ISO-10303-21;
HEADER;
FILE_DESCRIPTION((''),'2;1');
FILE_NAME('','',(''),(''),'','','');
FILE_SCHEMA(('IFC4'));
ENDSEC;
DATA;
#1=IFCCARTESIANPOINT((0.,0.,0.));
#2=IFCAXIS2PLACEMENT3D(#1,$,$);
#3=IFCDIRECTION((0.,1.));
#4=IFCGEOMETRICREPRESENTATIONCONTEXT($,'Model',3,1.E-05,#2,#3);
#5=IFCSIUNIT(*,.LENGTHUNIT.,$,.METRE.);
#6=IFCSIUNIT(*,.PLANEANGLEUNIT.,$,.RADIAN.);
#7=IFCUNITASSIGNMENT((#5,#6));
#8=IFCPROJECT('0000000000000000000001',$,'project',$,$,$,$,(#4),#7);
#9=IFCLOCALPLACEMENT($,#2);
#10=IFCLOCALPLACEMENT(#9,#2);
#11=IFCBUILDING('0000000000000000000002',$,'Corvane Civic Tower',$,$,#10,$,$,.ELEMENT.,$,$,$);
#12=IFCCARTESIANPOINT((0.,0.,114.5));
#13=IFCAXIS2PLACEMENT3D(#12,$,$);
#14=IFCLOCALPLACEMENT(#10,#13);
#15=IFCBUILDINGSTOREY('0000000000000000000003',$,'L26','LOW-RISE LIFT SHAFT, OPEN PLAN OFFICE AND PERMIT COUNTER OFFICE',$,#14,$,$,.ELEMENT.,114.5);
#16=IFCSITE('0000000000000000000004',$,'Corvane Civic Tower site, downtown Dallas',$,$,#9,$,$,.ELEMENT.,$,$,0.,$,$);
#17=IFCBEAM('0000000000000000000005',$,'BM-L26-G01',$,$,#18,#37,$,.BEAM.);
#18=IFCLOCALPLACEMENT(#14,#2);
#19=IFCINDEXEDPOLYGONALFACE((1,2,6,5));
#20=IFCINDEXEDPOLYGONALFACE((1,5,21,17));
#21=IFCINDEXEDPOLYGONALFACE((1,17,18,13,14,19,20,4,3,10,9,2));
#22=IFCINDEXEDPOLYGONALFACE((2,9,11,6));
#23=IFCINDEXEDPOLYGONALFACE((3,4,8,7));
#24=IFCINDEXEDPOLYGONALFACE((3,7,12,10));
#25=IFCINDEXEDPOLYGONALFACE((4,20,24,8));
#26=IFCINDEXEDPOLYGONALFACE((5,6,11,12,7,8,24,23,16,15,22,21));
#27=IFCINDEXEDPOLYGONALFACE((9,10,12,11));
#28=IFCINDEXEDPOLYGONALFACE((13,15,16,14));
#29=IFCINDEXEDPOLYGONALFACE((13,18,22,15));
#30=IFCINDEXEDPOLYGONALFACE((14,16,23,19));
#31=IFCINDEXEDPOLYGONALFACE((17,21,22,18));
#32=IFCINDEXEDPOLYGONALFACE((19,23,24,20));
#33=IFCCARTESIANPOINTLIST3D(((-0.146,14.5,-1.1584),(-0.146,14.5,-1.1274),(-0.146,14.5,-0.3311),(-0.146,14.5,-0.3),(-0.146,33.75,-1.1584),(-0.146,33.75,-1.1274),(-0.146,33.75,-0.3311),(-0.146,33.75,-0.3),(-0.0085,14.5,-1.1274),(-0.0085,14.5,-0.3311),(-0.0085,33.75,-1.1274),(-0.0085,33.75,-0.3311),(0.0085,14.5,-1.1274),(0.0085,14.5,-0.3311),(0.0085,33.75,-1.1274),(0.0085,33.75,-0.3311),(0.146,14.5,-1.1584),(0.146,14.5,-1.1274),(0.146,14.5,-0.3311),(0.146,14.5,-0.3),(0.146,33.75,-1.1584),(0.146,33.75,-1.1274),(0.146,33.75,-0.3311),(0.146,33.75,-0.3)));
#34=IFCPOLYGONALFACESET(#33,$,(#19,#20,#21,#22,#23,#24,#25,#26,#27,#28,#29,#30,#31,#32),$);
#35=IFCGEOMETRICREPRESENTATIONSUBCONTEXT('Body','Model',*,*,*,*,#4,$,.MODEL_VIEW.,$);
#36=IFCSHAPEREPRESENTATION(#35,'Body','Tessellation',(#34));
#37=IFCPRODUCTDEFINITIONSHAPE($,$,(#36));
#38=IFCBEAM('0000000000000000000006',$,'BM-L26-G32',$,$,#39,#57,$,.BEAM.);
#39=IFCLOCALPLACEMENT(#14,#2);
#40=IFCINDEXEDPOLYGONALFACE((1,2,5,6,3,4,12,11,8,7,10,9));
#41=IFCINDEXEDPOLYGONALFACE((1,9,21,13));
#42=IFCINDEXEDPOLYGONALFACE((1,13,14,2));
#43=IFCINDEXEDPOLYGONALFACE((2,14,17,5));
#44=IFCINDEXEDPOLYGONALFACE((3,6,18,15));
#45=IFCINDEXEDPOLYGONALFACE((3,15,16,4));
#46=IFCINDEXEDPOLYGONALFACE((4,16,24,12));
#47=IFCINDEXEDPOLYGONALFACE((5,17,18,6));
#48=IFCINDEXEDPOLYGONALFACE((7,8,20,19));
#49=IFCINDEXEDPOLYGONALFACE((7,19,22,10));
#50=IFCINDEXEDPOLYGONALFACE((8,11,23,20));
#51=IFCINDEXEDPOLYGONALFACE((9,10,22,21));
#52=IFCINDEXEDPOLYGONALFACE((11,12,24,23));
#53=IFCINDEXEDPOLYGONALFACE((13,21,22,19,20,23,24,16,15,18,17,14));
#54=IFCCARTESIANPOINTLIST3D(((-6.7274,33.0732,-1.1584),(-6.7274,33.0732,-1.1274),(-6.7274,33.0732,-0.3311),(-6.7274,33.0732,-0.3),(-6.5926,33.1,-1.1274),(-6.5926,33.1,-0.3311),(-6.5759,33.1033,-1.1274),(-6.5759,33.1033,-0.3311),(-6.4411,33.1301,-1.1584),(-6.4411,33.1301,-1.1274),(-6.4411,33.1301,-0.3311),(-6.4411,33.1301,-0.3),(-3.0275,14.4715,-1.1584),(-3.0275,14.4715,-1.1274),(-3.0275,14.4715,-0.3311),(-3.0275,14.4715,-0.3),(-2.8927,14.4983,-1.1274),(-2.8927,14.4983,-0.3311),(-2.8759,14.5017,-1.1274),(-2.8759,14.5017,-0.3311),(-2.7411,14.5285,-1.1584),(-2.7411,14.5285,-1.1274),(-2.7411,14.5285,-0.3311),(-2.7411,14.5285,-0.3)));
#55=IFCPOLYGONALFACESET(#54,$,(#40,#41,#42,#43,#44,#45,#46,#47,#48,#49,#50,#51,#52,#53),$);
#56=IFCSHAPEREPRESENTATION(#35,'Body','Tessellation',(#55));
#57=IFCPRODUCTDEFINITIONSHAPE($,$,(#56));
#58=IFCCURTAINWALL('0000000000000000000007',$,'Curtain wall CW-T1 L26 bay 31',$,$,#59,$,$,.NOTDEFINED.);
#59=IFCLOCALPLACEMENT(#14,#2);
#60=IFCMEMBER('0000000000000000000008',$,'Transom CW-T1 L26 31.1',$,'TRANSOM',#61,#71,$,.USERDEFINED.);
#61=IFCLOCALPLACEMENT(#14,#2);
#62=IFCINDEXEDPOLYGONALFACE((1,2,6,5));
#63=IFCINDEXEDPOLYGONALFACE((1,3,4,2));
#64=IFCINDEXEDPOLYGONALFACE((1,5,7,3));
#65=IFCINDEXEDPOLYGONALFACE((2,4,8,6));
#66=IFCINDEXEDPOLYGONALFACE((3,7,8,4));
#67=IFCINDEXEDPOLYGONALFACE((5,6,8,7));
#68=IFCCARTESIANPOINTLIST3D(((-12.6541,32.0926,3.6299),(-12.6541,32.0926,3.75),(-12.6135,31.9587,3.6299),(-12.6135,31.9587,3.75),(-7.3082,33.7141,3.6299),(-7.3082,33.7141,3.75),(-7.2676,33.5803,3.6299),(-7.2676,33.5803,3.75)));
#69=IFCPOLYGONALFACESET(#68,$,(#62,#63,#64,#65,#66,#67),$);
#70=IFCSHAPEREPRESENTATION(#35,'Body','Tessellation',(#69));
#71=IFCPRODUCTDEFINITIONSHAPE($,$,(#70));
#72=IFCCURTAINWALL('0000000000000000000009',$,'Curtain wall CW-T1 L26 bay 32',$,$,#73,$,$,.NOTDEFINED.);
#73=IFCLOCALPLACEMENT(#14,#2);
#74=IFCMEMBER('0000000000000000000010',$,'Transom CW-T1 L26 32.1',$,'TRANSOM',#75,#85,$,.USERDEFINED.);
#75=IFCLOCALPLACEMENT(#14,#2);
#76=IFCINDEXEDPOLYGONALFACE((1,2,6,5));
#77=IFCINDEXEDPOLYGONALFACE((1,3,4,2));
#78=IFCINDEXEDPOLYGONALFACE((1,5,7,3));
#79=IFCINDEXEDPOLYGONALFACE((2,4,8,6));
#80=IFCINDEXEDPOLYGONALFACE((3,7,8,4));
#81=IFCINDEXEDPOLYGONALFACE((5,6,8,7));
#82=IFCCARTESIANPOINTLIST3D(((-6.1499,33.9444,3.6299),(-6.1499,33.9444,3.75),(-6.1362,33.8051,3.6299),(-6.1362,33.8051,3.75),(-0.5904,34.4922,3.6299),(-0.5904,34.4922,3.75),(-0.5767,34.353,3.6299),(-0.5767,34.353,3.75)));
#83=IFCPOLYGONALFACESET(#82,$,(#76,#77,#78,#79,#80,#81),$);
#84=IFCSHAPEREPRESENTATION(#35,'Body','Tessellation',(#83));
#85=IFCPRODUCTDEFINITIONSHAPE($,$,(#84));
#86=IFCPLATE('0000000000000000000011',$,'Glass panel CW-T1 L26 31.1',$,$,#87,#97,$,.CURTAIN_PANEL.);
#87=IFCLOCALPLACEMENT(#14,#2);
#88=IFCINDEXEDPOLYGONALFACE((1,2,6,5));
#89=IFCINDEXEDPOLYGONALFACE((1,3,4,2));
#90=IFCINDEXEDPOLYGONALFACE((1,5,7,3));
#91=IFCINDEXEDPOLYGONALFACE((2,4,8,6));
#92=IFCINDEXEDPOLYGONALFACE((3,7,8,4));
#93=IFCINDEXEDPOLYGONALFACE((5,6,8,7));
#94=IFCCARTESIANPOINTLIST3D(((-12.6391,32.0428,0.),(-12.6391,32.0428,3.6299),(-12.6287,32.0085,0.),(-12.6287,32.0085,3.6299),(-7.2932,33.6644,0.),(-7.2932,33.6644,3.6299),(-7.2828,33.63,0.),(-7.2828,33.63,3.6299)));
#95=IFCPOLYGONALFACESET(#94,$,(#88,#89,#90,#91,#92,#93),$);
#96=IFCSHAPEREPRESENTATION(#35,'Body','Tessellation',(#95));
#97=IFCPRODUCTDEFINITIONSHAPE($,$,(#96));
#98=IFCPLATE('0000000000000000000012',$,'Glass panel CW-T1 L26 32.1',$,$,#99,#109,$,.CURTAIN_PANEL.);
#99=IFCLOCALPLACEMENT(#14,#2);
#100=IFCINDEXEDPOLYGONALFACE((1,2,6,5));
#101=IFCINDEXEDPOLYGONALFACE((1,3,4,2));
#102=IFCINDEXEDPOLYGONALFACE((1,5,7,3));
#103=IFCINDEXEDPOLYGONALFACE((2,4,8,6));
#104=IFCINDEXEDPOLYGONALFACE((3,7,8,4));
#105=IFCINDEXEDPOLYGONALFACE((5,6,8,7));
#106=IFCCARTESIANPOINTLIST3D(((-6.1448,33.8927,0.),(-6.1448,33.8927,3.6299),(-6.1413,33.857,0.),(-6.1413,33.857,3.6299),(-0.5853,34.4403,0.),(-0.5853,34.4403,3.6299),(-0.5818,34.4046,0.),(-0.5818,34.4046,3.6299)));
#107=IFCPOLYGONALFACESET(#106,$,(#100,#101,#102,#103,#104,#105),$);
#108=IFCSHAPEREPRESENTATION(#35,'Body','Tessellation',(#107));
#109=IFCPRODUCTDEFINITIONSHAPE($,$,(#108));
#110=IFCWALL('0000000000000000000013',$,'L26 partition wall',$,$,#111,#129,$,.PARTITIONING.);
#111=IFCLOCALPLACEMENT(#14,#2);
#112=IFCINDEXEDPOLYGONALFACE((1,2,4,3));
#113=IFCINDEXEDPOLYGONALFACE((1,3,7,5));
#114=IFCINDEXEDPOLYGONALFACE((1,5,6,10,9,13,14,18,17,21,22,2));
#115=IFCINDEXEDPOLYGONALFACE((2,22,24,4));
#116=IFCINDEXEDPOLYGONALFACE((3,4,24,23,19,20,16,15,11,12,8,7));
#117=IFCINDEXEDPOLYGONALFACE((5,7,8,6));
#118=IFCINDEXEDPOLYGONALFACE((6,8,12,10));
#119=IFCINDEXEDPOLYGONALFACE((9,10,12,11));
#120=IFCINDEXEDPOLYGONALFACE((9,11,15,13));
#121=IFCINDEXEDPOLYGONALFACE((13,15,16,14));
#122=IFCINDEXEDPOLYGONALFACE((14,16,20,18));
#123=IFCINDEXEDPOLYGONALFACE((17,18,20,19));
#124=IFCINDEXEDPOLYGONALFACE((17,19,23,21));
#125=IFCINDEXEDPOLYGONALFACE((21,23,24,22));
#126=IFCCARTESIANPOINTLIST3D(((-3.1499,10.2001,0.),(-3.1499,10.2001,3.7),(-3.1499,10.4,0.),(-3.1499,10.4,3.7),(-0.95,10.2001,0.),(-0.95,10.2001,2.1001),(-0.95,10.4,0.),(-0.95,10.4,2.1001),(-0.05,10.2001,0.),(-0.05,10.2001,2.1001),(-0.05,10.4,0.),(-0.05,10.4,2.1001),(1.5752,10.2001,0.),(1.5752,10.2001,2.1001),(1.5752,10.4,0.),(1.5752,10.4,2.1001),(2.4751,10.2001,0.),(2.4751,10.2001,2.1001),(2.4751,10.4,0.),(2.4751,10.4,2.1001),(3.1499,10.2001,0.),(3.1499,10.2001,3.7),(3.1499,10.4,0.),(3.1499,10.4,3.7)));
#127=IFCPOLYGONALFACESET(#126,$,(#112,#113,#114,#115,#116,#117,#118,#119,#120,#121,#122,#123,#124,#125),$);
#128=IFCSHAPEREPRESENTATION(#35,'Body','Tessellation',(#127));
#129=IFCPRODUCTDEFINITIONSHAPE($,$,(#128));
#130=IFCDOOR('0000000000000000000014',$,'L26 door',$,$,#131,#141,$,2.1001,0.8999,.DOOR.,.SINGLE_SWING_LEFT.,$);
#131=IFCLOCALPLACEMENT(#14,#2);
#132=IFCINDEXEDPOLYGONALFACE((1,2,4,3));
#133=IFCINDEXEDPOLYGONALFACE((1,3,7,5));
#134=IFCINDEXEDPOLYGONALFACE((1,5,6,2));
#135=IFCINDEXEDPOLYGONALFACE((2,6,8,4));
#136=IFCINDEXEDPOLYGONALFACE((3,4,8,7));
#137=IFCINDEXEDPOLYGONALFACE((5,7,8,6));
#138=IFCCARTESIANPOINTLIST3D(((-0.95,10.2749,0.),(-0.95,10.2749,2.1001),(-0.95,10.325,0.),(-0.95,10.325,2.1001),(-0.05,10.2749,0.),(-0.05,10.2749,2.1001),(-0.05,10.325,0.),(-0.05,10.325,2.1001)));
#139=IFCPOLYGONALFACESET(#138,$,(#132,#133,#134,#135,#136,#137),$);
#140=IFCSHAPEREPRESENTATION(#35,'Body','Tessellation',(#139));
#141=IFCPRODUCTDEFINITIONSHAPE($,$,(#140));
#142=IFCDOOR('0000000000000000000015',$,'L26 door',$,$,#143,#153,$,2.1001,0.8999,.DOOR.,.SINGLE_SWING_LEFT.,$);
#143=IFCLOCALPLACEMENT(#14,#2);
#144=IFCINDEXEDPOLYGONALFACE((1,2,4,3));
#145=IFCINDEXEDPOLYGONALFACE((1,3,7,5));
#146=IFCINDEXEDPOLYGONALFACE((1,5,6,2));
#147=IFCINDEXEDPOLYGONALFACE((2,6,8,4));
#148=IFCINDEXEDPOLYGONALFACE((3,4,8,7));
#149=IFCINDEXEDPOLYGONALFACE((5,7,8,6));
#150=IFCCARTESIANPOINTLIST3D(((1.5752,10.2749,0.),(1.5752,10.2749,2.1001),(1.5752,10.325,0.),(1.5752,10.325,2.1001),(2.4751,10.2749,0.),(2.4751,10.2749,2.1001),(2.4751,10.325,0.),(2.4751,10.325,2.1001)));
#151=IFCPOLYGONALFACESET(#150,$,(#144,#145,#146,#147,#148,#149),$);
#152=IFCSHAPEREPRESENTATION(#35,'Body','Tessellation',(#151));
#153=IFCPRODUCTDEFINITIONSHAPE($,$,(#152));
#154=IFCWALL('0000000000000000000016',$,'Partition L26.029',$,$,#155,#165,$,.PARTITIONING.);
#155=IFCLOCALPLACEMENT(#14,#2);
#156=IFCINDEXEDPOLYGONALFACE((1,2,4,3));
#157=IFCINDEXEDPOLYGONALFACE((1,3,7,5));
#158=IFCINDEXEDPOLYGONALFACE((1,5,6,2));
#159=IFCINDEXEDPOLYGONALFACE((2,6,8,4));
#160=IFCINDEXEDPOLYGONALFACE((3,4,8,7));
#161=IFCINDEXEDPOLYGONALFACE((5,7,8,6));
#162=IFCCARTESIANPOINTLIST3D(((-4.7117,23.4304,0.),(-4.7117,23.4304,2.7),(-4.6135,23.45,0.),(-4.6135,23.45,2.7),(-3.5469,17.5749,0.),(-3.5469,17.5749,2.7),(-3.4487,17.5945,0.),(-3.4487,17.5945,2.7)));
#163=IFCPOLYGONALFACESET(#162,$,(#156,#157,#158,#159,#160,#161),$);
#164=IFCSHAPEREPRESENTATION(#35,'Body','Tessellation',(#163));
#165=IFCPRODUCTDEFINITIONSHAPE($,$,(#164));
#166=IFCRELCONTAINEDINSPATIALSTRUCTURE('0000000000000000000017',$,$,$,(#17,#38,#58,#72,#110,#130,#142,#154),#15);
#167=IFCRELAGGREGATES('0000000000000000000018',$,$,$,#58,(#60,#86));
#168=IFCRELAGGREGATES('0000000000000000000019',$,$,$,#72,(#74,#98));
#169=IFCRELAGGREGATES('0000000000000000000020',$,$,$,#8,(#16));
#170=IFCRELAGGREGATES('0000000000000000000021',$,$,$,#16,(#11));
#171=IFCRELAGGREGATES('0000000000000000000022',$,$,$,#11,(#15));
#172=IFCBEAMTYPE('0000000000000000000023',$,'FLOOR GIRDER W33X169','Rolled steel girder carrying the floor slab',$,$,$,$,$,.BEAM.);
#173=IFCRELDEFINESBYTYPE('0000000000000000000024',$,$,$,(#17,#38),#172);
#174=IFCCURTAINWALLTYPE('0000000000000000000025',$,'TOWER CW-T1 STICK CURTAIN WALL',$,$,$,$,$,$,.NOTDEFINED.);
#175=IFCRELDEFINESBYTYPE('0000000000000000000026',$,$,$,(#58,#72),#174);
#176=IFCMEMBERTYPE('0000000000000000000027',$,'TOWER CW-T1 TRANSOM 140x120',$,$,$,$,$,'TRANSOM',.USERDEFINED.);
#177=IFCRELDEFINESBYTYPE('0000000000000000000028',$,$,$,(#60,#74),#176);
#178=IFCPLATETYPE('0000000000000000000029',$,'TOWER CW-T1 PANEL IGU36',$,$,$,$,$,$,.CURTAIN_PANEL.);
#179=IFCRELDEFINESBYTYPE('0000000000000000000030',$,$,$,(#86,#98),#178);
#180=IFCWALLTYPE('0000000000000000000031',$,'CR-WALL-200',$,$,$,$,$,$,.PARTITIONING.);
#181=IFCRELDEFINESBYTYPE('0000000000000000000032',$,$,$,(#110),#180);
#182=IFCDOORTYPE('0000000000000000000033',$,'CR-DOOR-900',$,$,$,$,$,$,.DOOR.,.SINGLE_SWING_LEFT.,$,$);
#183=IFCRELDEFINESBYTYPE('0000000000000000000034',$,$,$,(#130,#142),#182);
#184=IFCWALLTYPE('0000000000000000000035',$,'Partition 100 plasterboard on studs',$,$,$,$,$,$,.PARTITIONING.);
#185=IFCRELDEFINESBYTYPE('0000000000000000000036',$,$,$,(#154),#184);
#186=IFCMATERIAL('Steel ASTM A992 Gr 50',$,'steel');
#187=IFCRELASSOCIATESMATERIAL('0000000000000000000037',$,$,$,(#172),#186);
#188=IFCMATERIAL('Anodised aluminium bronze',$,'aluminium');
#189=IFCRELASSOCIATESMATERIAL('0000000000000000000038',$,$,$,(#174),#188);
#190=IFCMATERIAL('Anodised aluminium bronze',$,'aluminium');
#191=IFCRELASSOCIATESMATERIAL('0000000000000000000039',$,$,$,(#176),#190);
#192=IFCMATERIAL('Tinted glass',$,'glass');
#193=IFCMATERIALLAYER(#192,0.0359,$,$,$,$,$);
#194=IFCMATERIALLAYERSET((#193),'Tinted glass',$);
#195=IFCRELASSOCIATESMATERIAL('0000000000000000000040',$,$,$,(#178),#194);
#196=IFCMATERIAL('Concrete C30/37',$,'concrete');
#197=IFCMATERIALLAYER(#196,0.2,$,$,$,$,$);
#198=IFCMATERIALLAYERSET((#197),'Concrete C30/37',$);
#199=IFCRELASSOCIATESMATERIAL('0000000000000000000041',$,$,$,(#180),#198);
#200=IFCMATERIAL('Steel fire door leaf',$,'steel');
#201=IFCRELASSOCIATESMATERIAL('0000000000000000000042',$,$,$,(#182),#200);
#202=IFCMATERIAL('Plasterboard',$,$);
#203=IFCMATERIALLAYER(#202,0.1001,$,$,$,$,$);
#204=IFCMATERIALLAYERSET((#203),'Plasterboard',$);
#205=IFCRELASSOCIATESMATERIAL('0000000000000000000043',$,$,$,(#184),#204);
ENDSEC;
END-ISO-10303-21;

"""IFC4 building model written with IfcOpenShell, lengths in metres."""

from ifc_helpers import new_model, si_unit, direction, frame, frame_2d, origin, origin_2d, place, context, subcontext, project, spatial, rectangle, i_section, extrude, material, layer, layer_set, material_profile, profile_set, type_object, element, fill, aggregate, save


model = new_model("IFC4")

# Units and contexts
model_context = context("Model", 3, precision=1e-05, world=origin(), true_north=direction((0.0, 1.0)))
body_context = subcontext(model_context, "Body", "Model", "MODEL_VIEW")
ifc_project = project(units=[si_unit("LENGTHUNIT", "METRE"), si_unit("PLANEANGLEUNIT", "RADIAN")], contexts=[model_context])

# Site, building, storey
site_placement = place(None, origin())
site = spatial("IfcSite", under=ifc_project, at=site_placement, Name="Corvane Civic Tower site, downtown Dallas", CompositionType="ELEMENT", RefElevation=0.0)
building_placement = place(site_placement, origin())
building = spatial("IfcBuilding", under=site, at=building_placement, Name="Corvane Civic Tower", CompositionType="ELEMENT")
storey_placement = place(building_placement, frame((0.0, 0.0, 114.5)))
storey = spatial("IfcBuildingStorey", under=building, at=storey_placement, Name="L26", Description="LOW-RISE LIFT SHAFT, OPEN PLAN OFFICE AND PERMIT COUNTER OFFICE", CompositionType="ELEMENT", Elevation=114.5)

# Beams
ifc_material_1 = material(Name="Steel ASTM A992 Gr 50", Category="steel")
ifc_material_profile_1 = material_profile(ifc_material_1, i_section(OverallWidth=0.292, OverallDepth=0.8584, WebThickness=0.0171, FlangeThickness=0.031, at=origin_2d()), Name="W33X169")
ifc_profile_set_1 = profile_set([ifc_material_profile_1], Name="Steel ASTM A992 Gr 50")
beam_type_1 = type_object("IfcBeamType", Name="FLOOR GIRDER W33X169", Description="Rolled steel girder carrying the floor slab", PredefinedType="BEAM", material=ifc_profile_set_1)
beam_1_placement = place(storey_placement, frame((0.0, 14.5, -0.7292), z_axis=(0.0, 1.0, 0.0), x_axis=(-1.0, 0.0, 0.0)))
element("IfcBeam", 1, at=beam_1_placement, inside=storey, type_object=beam_type_1, Name="BM-L26-G01", PredefinedType="BEAM", context=body_context, shape_type="SweptSolid", body=[
    extrude(i_section(OverallWidth=0.292, OverallDepth=0.8584, WebThickness=0.0171, FlangeThickness=0.031, at=origin_2d()), origin(), (0.0, 0.0, 1.0), 19.25),
])
beam_2_placement = place(storey_placement, frame((-2.8843, 14.5, -0.7292), z_axis=(-0.195084, 0.980787, 0.0), x_axis=(-0.980787, -0.195084, 0.0)))
element("IfcBeam", 2, at=beam_2_placement, inside=storey, type_object=beam_type_1, Name="BM-L26-G32", PredefinedType="BEAM", context=body_context, shape_type="SweptSolid", body=[
    extrude(i_section(OverallWidth=0.292, OverallDepth=0.8584, WebThickness=0.0171, FlangeThickness=0.031, at=origin_2d()), origin(), (0.0, 0.0, 1.0), 18.9661),
])

# Curtain walls, members
ifc_material_2 = material(Name="Anodised aluminium bronze", Category="aluminium")
curtain_wall_type = type_object("IfcCurtainWallType", Name="TOWER CW-T1 STICK CURTAIN WALL", PredefinedType="NOTDEFINED", material=ifc_material_2)
curtain_wall_1_placement = place(storey_placement, origin())
curtain_wall_1 = element("IfcCurtainWall", 3, at=curtain_wall_1_placement, inside=storey, type_object=curtain_wall_type, Name="Curtain wall CW-T1 L26 bay 31", PredefinedType="NOTDEFINED")
ifc_material_3 = material(Name="Anodised aluminium bronze", Category="aluminium")
ifc_material_profile_2 = material_profile(ifc_material_3, rectangle(XDim=0.1399, YDim=0.1201, at=origin_2d()), Name="TOWER CW-T1 TRANSOM 140x120")
ifc_profile_set_2 = profile_set([ifc_material_profile_2], Name="Anodised aluminium bronze")
member_type = type_object("IfcMemberType", Name="TOWER CW-T1 TRANSOM 140x120", ElementType="TRANSOM", PredefinedType="USERDEFINED", material=ifc_profile_set_2)
member_1_placement = place(storey_placement, frame((-12.6338, 32.0256, 3.6899), z_axis=(0.956945, 0.290269, 0.0), x_axis=(-0.290269, 0.956945, 0.0)))
member_1 = element("IfcMember", 4, at=member_1_placement, type_object=member_type, Name="Transom CW-T1 L26 31.1", ObjectType="TRANSOM", PredefinedType="USERDEFINED", context=body_context, shape_type="SweptSolid", body=[
    extrude(rectangle(XDim=0.1399, YDim=0.1201, at=origin_2d()), origin(), (0.0, 0.0, 1.0), 5.5864),
])
curtain_wall_2_placement = place(storey_placement, origin())
curtain_wall_2 = element("IfcCurtainWall", 5, at=curtain_wall_2_placement, inside=storey, type_object=curtain_wall_type, Name="Curtain wall CW-T1 L26 bay 32", PredefinedType="NOTDEFINED")
member_2_placement = place(storey_placement, frame((-6.1431, 33.8748, 3.6899), z_axis=(0.99518, 0.098067, 0.0), x_axis=(-0.098067, 0.99518, 0.0)))
member_2 = element("IfcMember", 6, at=member_2_placement, type_object=member_type, Name="Transom CW-T1 L26 32.1", ObjectType="TRANSOM", PredefinedType="USERDEFINED", context=body_context, shape_type="SweptSolid", body=[
    extrude(rectangle(XDim=0.1399, YDim=0.1201, at=origin_2d()), origin(), (0.0, 0.0, 1.0), 5.5864),
])

# Plates
ifc_material_4 = material(Name="Tinted glass", Category="glass")
ifc_layer_1 = layer(ifc_material_4, 0.0359)
ifc_layer_set_1 = layer_set([ifc_layer_1], Name="Tinted glass")
plate_type = type_object("IfcPlateType", Name="TOWER CW-T1 PANEL IGU36", PredefinedType="CURTAIN_PANEL", material=ifc_layer_set_1)
plate_1_placement = place(storey_placement, frame((-9.9609, 32.8364, 0.0), z_axis=(0.0, 0.0, 1.0), x_axis=(0.956946, 0.290266, 0.0)))
plate_1 = element("IfcPlate", 7, at=plate_1_placement, type_object=plate_type, Name="Glass panel CW-T1 L26 31.1", PredefinedType="CURTAIN_PANEL", context=body_context, shape_type="SweptSolid", body=[
    extrude(rectangle(XDim=5.5864, YDim=0.0359, at=origin_2d()), origin(), (0.0, 0.0, 1.0), 3.6299),
])
aggregate(curtain_wall_1, [member_1, plate_1])
plate_2_placement = place(storey_placement, frame((-3.3633, 34.1487, 0.0), z_axis=(0.0, 0.0, 1.0), x_axis=(0.995184, 0.098027, 0.0)))
plate_2 = element("IfcPlate", 8, at=plate_2_placement, type_object=plate_type, Name="Glass panel CW-T1 L26 32.1", PredefinedType="CURTAIN_PANEL", context=body_context, shape_type="SweptSolid", body=[
    extrude(rectangle(XDim=5.5864, YDim=0.0359, at=origin_2d()), origin(), (0.0, 0.0, 1.0), 3.6299),
])
aggregate(curtain_wall_2, [member_2, plate_2])

# Wall, openings, doors
ifc_material_5 = material(Name="Concrete C30/37", Category="concrete")
ifc_layer_2 = layer(ifc_material_5, 0.2)
ifc_layer_set_2 = layer_set([ifc_layer_2], Name="Concrete C30/37")
wall_type_1 = type_object("IfcWallType", Name="CR-WALL-200", PredefinedType="PARTITIONING", material=ifc_layer_set_2)
wall_1_placement = place(storey_placement, frame((-3.1499, 10.3, 0.0), z_axis=(0.0, 0.0, 1.0), x_axis=(1.0, 0.0, 0.0)))
wall_1 = element("IfcWall", 9, at=wall_1_placement, inside=storey, type_object=wall_type_1, Name="L26 partition wall", PredefinedType="PARTITIONING", context=body_context, shape_type="SweptSolid", body=[
    extrude(rectangle(XDim=6.2998, YDim=0.2, at=frame_2d((3.1499, 0.0))), origin(), (0.0, 0.0, 1.0), 3.7),
])
opening_1_placement = place(wall_1_placement, frame((2.2, 0.0, 0.0)))
opening_1 = element("IfcOpeningElement", 10, at=opening_1_placement, cuts=wall_1, PredefinedType="OPENING", context=body_context, shape_type="SweptSolid", body=[
    extrude(rectangle(XDim=0.8999, YDim=2.1001, at=frame_2d((0.45, 1.05))), frame((0.0, 0.1099, 0.0), z_axis=(0.0, -1.0, 0.0), x_axis=(1.0, 0.0, 0.0)), (0.0, 0.0, 1.0), 0.22),
])
opening_2_placement = place(wall_1_placement, frame((4.7251, 0.0, 0.0)))
opening_2 = element("IfcOpeningElement", 11, at=opening_2_placement, cuts=wall_1, PredefinedType="OPENING", context=body_context, shape_type="SweptSolid", body=[
    extrude(rectangle(XDim=0.8999, YDim=2.1001, at=frame_2d((0.45, 1.05))), frame((0.0, 0.1099, 0.0), z_axis=(0.0, -1.0, 0.0), x_axis=(1.0, 0.0, 0.0)), (0.0, 0.0, 1.0), 0.22),
])
ifc_material_6 = material(Name="Steel fire door leaf", Category="steel")
door_type_1 = type_object("IfcDoorType", Name="CR-DOOR-900", OperationType="SINGLE_SWING_LEFT", PredefinedType="DOOR", material=ifc_material_6)
door_1_placement = place(opening_1_placement, origin())
door_1 = element("IfcDoor", 12, at=door_1_placement, inside=storey, type_object=door_type_1, Name="L26 door", OperationType="SINGLE_SWING_LEFT", OverallHeight=2.1001, OverallWidth=0.8999, PredefinedType="DOOR", context=body_context, shape_type="SweptSolid", body=[
    extrude(rectangle(XDim=0.8999, YDim=2.1001, at=frame_2d((0.45, 1.05))), frame((0.0, 0.0249, 0.0), z_axis=(0.0, -1.0, 0.0), x_axis=(1.0, 0.0, 0.0)), (0.0, 0.0, 1.0), 0.05),
])
fill(opening_1, door_1)
door_2_placement = place(opening_2_placement, origin())
door_2 = element("IfcDoor", 13, at=door_2_placement, inside=storey, type_object=door_type_1, Name="L26 door", OperationType="SINGLE_SWING_LEFT", OverallHeight=2.1001, OverallWidth=0.8999, PredefinedType="DOOR", context=body_context, shape_type="SweptSolid", body=[
    extrude(rectangle(XDim=0.8999, YDim=2.1001, at=frame_2d((0.45, 1.05))), frame((0.0, 0.0249, 0.0), z_axis=(0.0, -1.0, 0.0), x_axis=(1.0, 0.0, 0.0)), (0.0, 0.0, 1.0), 0.05),
])
fill(opening_2, door_2)

# Wall
ifc_material_7 = material(Name="Plasterboard")
ifc_layer_3 = layer(ifc_material_7, 0.1001)
ifc_layer_set_3 = layer_set([ifc_layer_3], Name="Plasterboard")
wall_type_2 = type_object("IfcWallType", Name="Partition 100 plasterboard on studs", PredefinedType="PARTITIONING", material=ifc_layer_set_3)
wall_2_placement = place(storey_placement, frame((-4.6626, 23.4402, 0.0), z_axis=(0.0, 0.0, 1.0), x_axis=(0.195102, -0.980783, 0.0)))
element("IfcWall", 14, at=wall_2_placement, inside=storey, type_object=wall_type_2, Name="Partition L26.029", PredefinedType="PARTITIONING", context=body_context, shape_type="SweptSolid", body=[
    extrude(rectangle(XDim=5.9702, YDim=0.1001, at=frame_2d((2.9851, 0.0))), origin(), (0.0, 0.0, 1.0), 2.7),
])

save(model, "model.ifc")
